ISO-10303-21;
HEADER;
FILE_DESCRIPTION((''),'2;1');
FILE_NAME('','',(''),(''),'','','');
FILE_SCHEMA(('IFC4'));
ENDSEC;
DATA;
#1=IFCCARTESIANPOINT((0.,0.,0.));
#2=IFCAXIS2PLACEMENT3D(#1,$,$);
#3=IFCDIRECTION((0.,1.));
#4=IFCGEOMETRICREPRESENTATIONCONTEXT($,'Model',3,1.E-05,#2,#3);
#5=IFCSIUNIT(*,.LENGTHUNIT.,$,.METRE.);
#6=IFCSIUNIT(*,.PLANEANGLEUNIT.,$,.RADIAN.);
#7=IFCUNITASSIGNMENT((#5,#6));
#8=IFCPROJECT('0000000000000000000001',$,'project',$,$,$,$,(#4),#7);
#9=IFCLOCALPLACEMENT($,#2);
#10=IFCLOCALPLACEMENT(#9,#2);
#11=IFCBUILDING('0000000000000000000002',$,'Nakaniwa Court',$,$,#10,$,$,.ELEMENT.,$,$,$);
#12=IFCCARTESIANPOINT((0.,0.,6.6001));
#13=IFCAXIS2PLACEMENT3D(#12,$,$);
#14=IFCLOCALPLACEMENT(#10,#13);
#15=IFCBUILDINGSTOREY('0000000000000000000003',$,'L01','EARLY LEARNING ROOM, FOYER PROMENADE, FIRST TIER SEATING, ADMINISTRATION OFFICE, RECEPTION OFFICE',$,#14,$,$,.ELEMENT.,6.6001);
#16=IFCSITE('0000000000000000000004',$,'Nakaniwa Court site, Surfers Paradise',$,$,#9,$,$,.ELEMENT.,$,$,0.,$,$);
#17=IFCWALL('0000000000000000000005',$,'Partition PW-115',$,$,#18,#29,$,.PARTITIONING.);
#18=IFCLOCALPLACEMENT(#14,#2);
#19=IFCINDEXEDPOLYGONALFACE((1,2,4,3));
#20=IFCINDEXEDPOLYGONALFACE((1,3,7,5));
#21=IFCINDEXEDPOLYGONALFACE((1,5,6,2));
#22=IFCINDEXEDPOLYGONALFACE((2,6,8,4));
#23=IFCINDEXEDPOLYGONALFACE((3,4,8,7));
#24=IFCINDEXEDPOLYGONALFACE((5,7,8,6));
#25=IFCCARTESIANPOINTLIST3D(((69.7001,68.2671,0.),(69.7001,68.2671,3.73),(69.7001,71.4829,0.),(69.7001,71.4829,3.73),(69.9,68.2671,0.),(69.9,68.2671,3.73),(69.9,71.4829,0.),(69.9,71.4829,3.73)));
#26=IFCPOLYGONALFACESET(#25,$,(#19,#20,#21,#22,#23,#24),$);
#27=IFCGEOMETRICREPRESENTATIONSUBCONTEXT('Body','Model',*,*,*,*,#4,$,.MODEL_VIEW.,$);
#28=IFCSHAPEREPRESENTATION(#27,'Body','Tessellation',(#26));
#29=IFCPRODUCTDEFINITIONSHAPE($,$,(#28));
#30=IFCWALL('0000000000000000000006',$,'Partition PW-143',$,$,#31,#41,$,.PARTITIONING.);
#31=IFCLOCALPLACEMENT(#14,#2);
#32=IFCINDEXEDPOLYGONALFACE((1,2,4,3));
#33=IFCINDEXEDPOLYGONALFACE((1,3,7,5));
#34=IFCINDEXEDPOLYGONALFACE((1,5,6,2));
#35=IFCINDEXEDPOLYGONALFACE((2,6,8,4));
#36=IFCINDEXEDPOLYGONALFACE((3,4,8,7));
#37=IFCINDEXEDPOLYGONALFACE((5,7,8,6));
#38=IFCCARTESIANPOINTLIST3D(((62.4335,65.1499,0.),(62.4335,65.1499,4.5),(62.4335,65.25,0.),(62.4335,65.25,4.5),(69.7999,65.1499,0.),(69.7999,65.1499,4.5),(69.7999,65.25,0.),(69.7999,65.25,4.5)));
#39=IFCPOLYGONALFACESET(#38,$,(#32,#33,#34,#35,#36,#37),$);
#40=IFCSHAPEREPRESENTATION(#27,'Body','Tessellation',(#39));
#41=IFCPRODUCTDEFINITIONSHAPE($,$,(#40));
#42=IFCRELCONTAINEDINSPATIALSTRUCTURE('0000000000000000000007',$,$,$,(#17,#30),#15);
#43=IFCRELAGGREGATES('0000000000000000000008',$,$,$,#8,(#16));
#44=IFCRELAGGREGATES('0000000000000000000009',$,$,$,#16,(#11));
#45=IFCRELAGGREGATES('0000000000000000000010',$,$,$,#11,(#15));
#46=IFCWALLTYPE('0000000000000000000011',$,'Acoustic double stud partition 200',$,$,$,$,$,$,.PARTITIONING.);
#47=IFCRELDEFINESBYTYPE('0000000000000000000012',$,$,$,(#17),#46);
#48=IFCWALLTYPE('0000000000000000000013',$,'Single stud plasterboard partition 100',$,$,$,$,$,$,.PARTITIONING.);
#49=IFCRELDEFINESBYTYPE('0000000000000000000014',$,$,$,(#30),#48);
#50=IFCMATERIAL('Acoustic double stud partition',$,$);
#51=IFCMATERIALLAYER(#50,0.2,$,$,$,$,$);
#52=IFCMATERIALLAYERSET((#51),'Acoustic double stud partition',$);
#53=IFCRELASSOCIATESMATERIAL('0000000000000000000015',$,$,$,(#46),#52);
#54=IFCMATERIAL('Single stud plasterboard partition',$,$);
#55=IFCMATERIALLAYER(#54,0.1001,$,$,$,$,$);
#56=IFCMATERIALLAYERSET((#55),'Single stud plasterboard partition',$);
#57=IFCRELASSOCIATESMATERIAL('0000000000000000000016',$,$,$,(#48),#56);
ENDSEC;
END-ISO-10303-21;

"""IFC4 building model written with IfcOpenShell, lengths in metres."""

from ifc_helpers import new_model, si_unit, direction, frame, frame_2d, origin, place, context, subcontext, project, spatial, rectangle, extrude, material, layer, layer_set, type_object, element, save


model = new_model("IFC4")

# Units and contexts
model_context = context("Model", 3, precision=1e-05, world=origin(), true_north=direction((0.0, 1.0)))
body_context = subcontext(model_context, "Body", "Model", "MODEL_VIEW")
ifc_project = project(units=[si_unit("LENGTHUNIT", "METRE"), si_unit("PLANEANGLEUNIT", "RADIAN")], contexts=[model_context])

# Site, building, storey
site_placement = place(None, origin())
site = spatial("IfcSite", under=ifc_project, at=site_placement, Name="Nakaniwa Court site, Surfers Paradise", CompositionType="ELEMENT", RefElevation=0.0)
building_placement = place(site_placement, origin())
building = spatial("IfcBuilding", under=site, at=building_placement, Name="Nakaniwa Court", CompositionType="ELEMENT")
storey_placement = place(building_placement, frame((0.0, 0.0, 6.6001)))
storey = spatial("IfcBuildingStorey", under=building, at=storey_placement, Name="L01", Description="EARLY LEARNING ROOM, FOYER PROMENADE, FIRST TIER SEATING, ADMINISTRATION OFFICE, RECEPTION OFFICE", CompositionType="ELEMENT", Elevation=6.6001)

# Walls
ifc_material_1 = material(Name="Acoustic double stud partition")
ifc_layer_1 = layer(ifc_material_1, 0.2)
ifc_layer_set_1 = layer_set([ifc_layer_1], Name="Acoustic double stud partition")
wall_type_1 = type_object("IfcWallType", Name="Acoustic double stud partition 200", PredefinedType="PARTITIONING", material=ifc_layer_set_1)
wall_1_placement = place(storey_placement, frame((69.8, 68.2671, 0.0), z_axis=(0.0, 0.0, 1.0), x_axis=(0.0, 1.0, 0.0)))
element("IfcWall", 1, at=wall_1_placement, inside=storey, type_object=wall_type_1, Name="Partition PW-115", PredefinedType="PARTITIONING", context=body_context, shape_type="SweptSolid", body=[
    extrude(rectangle(XDim=3.2158, YDim=0.2, at=frame_2d((1.6079, 0.0))), origin(), (0.0, 0.0, 1.0), 3.73),
])
ifc_material_2 = material(Name="Single stud plasterboard partition")
ifc_layer_2 = layer(ifc_material_2, 0.1001)
ifc_layer_set_2 = layer_set([ifc_layer_2], Name="Single stud plasterboard partition")
wall_type_2 = type_object("IfcWallType", Name="Single stud plasterboard partition 100", PredefinedType="PARTITIONING", material=ifc_layer_set_2)
wall_2_placement = place(storey_placement, frame((62.4336, 65.2, 0.0), z_axis=(0.0, 0.0, 1.0), x_axis=(1.0, 0.0, 0.0)))
element("IfcWall", 2, at=wall_2_placement, inside=storey, type_object=wall_type_2, Name="Partition PW-143", PredefinedType="PARTITIONING", context=body_context, shape_type="SweptSolid", body=[
    extrude(rectangle(XDim=7.3665, YDim=0.1001, at=frame_2d((3.6831, 0.0))), origin(), (0.0, 0.0, 1.0), 4.5),
])

save(model, "model.ifc")
